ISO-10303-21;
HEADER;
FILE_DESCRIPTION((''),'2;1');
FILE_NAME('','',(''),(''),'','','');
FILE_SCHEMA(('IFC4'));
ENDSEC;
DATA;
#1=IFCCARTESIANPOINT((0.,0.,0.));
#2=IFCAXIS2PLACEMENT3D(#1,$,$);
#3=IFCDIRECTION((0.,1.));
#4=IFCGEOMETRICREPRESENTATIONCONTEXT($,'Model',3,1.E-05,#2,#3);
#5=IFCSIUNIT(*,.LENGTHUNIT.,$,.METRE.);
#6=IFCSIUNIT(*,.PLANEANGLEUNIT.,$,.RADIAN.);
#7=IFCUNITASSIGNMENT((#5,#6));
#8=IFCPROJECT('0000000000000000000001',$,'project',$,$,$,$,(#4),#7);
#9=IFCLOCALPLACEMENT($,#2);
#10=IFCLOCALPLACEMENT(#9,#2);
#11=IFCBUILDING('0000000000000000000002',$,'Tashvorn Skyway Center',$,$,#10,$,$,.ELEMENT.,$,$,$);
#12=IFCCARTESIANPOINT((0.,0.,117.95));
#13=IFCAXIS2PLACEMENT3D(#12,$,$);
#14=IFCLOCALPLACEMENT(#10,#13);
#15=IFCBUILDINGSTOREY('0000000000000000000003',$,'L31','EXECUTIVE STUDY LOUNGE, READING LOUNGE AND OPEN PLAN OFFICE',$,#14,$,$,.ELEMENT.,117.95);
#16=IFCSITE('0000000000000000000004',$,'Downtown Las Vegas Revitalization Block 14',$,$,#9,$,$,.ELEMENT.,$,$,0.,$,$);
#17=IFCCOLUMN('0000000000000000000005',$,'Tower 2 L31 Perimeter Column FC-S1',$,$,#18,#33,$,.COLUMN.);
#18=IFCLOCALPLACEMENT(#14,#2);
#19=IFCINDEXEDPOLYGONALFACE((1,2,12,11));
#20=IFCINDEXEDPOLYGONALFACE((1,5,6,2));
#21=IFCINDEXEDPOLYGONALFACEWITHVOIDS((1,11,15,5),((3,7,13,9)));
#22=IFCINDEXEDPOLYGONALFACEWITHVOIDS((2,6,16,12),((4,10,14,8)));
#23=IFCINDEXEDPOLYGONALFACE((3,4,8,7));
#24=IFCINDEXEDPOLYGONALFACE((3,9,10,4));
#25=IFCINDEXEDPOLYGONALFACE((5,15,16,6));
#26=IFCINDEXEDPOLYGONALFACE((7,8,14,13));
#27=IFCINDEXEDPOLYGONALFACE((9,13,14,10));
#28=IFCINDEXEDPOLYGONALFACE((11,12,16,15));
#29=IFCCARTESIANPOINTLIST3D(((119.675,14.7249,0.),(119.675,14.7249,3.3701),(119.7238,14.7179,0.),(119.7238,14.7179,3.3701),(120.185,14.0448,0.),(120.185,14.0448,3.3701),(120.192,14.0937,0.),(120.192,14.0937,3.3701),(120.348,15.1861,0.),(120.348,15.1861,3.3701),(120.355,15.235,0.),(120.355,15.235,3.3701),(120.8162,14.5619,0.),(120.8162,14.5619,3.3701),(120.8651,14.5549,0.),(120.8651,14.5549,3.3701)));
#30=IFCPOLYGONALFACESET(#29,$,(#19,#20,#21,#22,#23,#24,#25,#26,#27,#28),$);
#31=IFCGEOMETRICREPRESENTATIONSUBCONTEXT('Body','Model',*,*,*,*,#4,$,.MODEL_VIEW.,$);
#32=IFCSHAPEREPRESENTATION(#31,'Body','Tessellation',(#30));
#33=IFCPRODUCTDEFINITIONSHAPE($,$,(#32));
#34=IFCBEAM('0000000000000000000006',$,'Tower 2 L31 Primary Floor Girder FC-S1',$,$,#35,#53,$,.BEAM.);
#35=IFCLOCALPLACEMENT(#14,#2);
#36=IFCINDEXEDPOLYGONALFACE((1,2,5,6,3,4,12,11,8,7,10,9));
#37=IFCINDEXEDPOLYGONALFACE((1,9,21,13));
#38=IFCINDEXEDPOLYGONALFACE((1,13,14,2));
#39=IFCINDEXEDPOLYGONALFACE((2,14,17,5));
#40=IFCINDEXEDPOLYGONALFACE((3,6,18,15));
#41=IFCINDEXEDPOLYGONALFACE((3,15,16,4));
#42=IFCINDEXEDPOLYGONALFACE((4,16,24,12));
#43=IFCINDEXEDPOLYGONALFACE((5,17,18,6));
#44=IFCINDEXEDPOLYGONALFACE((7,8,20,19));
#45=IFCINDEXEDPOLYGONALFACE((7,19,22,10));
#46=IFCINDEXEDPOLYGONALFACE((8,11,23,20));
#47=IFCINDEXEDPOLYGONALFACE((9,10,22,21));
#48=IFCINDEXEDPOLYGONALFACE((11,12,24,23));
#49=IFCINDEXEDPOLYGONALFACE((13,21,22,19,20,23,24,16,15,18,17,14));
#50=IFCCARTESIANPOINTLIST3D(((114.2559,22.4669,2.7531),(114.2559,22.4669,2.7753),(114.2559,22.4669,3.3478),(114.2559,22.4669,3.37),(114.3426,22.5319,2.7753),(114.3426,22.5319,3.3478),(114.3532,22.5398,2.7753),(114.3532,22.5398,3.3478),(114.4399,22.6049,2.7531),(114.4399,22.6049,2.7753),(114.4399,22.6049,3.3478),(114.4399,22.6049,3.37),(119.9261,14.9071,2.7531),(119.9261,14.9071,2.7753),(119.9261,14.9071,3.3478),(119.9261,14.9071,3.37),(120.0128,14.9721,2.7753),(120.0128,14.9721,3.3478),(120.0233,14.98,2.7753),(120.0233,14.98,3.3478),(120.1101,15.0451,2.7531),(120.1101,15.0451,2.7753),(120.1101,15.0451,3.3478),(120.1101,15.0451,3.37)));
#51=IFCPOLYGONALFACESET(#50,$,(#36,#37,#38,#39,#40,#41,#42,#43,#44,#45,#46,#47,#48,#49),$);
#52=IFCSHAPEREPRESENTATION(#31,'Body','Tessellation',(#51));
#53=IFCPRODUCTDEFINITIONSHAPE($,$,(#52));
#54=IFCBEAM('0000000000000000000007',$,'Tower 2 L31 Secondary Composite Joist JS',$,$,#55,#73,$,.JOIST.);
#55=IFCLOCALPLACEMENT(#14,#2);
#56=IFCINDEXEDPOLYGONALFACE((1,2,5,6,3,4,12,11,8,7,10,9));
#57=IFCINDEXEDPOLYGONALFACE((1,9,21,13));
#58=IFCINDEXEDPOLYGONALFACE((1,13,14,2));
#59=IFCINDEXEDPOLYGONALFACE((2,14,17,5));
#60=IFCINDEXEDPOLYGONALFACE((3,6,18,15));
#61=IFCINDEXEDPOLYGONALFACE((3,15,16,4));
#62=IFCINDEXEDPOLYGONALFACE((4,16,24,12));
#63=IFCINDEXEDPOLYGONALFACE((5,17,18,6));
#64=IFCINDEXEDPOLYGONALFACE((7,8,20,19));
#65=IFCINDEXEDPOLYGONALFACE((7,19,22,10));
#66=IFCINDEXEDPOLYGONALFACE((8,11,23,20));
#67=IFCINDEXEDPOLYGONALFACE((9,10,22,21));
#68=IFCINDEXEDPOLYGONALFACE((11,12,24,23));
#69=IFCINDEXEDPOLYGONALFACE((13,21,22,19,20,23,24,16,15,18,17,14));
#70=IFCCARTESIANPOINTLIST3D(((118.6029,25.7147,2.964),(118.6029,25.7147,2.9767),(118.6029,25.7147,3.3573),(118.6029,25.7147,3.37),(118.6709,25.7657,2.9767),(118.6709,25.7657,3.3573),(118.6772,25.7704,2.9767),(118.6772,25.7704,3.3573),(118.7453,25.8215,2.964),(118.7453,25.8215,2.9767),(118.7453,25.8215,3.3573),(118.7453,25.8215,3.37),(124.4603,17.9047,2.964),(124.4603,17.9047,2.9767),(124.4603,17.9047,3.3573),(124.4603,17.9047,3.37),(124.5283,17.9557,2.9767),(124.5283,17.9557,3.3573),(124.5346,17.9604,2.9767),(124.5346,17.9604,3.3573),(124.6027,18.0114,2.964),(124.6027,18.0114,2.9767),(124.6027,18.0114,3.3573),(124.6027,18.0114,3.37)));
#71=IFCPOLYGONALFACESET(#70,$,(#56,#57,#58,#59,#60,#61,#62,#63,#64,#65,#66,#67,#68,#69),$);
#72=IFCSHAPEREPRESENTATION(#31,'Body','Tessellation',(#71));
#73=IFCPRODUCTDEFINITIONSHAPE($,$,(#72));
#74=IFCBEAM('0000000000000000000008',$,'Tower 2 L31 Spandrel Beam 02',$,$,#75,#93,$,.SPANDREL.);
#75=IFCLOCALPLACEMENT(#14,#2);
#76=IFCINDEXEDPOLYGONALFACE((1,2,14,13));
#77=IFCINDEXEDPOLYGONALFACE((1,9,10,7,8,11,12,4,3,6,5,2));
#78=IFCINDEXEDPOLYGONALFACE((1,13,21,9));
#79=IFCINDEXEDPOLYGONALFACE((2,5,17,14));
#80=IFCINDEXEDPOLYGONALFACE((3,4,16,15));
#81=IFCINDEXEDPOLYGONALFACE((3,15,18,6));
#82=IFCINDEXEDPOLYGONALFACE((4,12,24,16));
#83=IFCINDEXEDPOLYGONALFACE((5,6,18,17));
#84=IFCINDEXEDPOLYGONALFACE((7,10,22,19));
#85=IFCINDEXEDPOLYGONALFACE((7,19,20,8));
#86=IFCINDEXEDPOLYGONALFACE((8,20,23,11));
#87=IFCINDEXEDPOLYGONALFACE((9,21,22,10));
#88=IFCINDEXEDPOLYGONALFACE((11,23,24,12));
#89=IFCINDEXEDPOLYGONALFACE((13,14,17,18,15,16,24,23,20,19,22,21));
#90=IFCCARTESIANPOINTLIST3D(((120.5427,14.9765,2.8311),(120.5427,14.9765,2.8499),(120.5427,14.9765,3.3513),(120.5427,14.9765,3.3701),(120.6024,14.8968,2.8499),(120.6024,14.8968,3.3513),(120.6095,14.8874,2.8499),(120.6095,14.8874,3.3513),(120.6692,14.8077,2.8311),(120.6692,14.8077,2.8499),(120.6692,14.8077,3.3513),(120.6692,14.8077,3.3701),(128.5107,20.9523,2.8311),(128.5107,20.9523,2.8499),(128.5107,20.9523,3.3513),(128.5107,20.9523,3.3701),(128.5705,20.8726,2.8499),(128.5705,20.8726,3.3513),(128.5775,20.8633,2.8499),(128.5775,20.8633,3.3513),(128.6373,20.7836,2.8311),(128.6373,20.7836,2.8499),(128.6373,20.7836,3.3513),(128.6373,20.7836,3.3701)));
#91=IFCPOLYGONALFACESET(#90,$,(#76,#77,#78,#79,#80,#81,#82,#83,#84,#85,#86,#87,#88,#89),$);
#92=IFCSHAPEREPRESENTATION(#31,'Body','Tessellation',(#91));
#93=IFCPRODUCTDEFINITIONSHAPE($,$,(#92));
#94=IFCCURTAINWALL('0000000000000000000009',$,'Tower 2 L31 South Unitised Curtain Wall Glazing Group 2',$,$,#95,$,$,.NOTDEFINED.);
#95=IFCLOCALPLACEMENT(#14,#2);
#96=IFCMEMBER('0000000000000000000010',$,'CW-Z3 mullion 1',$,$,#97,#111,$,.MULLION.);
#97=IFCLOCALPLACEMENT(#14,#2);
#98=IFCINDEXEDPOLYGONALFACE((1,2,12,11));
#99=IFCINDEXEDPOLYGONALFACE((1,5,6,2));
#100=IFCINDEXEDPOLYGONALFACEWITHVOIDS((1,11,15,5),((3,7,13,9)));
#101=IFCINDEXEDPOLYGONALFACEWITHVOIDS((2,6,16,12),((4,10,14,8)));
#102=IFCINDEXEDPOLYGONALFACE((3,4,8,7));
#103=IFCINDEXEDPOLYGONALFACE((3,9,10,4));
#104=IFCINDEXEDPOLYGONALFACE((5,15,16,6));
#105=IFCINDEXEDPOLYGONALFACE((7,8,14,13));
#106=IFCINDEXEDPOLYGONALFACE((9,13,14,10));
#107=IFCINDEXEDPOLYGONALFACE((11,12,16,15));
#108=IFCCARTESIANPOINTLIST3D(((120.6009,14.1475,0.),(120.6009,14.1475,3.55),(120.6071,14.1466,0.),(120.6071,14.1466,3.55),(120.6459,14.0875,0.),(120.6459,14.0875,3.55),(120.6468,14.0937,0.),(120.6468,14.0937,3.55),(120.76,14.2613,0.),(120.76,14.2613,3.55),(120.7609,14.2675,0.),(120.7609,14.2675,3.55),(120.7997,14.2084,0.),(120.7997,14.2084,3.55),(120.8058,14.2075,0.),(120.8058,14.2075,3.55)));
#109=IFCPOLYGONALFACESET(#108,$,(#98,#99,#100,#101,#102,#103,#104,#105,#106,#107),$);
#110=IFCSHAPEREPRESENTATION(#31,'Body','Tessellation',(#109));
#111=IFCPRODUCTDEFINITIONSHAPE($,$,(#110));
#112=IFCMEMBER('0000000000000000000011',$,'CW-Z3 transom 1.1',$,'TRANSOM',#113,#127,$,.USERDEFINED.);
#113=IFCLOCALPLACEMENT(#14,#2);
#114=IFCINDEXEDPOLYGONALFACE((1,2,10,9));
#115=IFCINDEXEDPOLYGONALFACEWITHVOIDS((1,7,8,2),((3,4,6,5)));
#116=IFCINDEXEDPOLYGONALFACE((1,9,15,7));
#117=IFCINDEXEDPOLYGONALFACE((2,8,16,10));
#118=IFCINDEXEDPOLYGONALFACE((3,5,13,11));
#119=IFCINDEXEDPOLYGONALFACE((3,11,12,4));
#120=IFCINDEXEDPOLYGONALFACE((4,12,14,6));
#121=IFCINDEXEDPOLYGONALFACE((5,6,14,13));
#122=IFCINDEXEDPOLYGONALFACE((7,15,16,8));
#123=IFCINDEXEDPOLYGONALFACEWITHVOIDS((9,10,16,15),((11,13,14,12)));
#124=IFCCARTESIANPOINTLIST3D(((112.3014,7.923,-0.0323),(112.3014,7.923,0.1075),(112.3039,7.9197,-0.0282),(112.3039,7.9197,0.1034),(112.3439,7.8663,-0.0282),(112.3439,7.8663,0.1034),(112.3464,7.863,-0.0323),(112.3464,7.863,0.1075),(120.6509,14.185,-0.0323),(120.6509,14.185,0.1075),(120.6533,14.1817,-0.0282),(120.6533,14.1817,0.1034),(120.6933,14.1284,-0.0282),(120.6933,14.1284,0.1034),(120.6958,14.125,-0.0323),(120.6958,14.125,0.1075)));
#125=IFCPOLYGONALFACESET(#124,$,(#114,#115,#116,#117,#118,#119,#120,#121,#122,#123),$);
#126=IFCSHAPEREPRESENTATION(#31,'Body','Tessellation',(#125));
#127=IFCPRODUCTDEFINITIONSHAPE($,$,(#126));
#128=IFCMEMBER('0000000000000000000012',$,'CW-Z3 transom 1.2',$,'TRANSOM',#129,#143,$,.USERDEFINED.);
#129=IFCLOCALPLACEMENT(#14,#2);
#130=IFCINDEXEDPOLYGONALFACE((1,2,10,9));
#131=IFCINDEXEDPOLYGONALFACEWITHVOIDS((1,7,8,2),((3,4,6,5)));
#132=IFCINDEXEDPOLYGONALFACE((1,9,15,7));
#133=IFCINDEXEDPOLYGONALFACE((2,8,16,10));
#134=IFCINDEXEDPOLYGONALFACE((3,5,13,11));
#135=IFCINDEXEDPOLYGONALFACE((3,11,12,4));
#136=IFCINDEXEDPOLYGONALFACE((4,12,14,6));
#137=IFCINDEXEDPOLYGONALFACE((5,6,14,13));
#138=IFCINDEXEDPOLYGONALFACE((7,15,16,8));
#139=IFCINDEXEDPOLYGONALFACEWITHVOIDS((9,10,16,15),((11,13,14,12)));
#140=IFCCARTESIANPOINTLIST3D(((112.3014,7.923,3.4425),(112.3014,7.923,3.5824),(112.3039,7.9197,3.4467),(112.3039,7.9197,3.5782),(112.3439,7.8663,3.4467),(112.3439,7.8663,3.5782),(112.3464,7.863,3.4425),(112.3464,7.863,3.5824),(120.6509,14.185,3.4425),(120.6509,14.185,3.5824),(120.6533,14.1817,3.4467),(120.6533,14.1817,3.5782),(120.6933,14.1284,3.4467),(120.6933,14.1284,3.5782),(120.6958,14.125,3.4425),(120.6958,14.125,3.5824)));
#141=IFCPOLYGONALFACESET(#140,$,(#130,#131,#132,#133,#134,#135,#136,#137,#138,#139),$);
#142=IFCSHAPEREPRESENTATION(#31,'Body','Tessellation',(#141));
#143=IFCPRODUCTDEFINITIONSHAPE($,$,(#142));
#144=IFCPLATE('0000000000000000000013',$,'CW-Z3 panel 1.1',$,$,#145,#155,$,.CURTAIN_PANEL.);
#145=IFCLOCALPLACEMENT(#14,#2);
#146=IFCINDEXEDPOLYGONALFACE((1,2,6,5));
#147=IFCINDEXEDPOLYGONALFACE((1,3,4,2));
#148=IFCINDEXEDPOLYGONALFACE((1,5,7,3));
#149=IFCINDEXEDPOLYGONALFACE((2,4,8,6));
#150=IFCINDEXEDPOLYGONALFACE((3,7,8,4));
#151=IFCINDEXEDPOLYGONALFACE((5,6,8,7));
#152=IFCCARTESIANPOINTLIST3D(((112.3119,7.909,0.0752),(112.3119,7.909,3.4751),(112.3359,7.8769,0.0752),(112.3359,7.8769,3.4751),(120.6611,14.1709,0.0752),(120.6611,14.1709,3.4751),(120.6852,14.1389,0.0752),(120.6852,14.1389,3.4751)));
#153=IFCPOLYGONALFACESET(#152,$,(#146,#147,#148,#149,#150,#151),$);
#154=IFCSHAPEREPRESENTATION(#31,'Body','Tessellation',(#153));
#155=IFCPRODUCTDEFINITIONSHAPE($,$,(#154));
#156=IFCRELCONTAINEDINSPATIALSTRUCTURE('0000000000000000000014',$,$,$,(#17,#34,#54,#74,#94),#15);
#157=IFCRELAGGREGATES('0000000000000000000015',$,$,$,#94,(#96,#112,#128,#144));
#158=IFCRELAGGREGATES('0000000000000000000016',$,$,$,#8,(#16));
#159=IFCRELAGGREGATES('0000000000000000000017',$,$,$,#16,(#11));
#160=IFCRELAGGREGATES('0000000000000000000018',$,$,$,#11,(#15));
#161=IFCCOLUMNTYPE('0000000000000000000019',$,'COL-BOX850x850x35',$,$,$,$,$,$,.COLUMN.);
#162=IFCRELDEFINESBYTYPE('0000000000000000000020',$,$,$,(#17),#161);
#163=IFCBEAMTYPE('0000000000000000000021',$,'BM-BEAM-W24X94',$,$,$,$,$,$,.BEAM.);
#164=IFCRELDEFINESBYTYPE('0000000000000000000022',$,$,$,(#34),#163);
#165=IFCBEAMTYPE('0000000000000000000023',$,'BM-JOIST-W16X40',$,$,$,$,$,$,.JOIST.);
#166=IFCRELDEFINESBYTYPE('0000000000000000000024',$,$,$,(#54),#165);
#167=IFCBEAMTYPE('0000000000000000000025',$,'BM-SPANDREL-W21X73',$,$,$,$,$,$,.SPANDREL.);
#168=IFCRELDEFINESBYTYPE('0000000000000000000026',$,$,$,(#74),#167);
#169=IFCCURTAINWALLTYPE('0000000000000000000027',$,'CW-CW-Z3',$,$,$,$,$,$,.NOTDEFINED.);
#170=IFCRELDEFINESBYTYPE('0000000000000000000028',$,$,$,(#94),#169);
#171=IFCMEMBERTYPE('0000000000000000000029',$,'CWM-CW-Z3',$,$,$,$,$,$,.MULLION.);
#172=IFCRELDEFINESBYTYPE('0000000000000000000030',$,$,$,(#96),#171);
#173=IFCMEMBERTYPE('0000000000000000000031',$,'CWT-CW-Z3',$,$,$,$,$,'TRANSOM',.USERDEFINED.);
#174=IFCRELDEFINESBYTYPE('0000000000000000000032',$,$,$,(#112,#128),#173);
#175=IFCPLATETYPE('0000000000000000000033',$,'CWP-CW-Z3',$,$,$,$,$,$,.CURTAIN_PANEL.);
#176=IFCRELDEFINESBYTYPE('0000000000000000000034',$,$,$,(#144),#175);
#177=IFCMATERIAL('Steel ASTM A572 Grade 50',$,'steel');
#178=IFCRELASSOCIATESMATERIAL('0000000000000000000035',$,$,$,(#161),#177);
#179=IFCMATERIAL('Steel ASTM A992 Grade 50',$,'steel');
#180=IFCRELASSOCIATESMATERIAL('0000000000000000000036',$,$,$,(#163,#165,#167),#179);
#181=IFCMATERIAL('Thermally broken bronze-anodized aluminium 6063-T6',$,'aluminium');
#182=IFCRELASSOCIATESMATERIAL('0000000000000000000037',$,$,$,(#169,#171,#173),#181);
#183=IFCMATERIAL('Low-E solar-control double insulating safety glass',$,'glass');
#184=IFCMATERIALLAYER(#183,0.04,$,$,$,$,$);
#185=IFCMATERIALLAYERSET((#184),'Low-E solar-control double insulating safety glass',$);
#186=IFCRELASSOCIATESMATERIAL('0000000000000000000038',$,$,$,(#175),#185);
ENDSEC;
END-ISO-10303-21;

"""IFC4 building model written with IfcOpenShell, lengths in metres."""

from ifc_helpers import new_model, si_unit, direction, frame, origin, origin_2d, place, context, subcontext, project, spatial, rectangle, hollow_rectangle, i_section, extrude, material, layer, layer_set, material_profile, profile_set, type_object, element, aggregate, save


model = new_model("IFC4")

# Units and contexts
model_context = context("Model", 3, precision=1e-05, world=origin(), true_north=direction((0.0, 1.0)))
body_context = subcontext(model_context, "Body", "Model", "MODEL_VIEW")
ifc_project = project(units=[si_unit("LENGTHUNIT", "METRE"), si_unit("PLANEANGLEUNIT", "RADIAN")], contexts=[model_context])

# Site, building, storey
site_placement = place(None, origin())
site = spatial("IfcSite", under=ifc_project, at=site_placement, Name="Downtown Las Vegas Revitalization Block 14", CompositionType="ELEMENT", RefElevation=0.0)
building_placement = place(site_placement, origin())
building = spatial("IfcBuilding", under=site, at=building_placement, Name="Tashvorn Skyway Center", CompositionType="ELEMENT")
storey_placement = place(building_placement, frame((0.0, 0.0, 117.95)))
storey = spatial("IfcBuildingStorey", under=building, at=storey_placement, Name="L31", Description="EXECUTIVE STUDY LOUNGE, READING LOUNGE AND OPEN PLAN OFFICE", CompositionType="ELEMENT", Elevation=117.95)

# Column
ifc_material_1 = material(Name="Steel ASTM A572 Grade 50", Category="steel")
ifc_material_profile_1 = material_profile(ifc_material_1, hollow_rectangle(XDim=0.8501, YDim=0.8501, WallThickness=0.0349, at=origin_2d()), Name="BOX850x850x35")
ifc_profile_set_1 = profile_set([ifc_material_profile_1], Name="Steel ASTM A572 Grade 50")
column_type = type_object("IfcColumnType", Name="COL-BOX850x850x35", PredefinedType="COLUMN", material=ifc_profile_set_1)
column_placement = place(storey_placement, frame((120.27, 14.6399, 0.0), z_axis=(0.0, 0.0, 1.0), x_axis=(0.8, 0.6, 0.0)))
element("IfcColumn", 1, at=column_placement, inside=storey, type_object=column_type, Name="Tower 2 L31 Perimeter Column FC-S1", PredefinedType="COLUMN", context=body_context, shape_type="SweptSolid", body=[
    extrude(hollow_rectangle(XDim=0.8501, YDim=0.8501, WallThickness=0.0349, at=origin_2d()), origin(), (0.0, 0.0, 1.0), 3.3701),
])

# Beams
ifc_material_2 = material(Name="Steel ASTM A992 Grade 50", Category="steel")
ifc_material_profile_2 = material_profile(ifc_material_2, i_section(OverallWidth=0.23, OverallDepth=0.6169, WebThickness=0.0132, FlangeThickness=0.0222, at=origin_2d()), Name="W24X94")
ifc_profile_set_2 = profile_set([ifc_material_profile_2], Name="Steel ASTM A992 Grade 50")
beam_type_1 = type_object("IfcBeamType", Name="BM-BEAM-W24X94", PredefinedType="BEAM", material=ifc_profile_set_2)
beam_1_placement = place(storey_placement, frame((120.0181, 14.9761, 3.0615), z_axis=(-0.600021, 0.799984, 0.0), x_axis=(-0.799984, -0.600021, 0.0)))
element("IfcBeam", 2, at=beam_1_placement, inside=storey, type_object=beam_type_1, Name="Tower 2 L31 Primary Floor Girder FC-S1", PredefinedType="BEAM", context=body_context, shape_type="SweptSolid", body=[
    extrude(i_section(OverallWidth=0.23, OverallDepth=0.6169, WebThickness=0.0132, FlangeThickness=0.0222, at=origin_2d()), origin(), (0.0, 0.0, 1.0), 9.45),
])
ifc_material_profile_3 = material_profile(ifc_material_2, i_section(OverallWidth=0.178, OverallDepth=0.406, WebThickness=0.0078, FlangeThickness=0.0127, at=origin_2d()), Name="W16X40")
ifc_profile_set_3 = profile_set([ifc_material_profile_3], Name="Steel ASTM A992 Grade 50")
beam_type_2 = type_object("IfcBeamType", Name="BM-JOIST-W16X40", PredefinedType="JOIST", material=ifc_profile_set_3)
beam_2_placement = place(storey_placement, frame((118.6741, 25.7681, 3.167), z_axis=(0.599992, -0.800006, 0.0), x_axis=(0.800006, 0.599992, 0.0)))
element("IfcBeam", 3, at=beam_2_placement, inside=storey, type_object=beam_type_2, Name="Tower 2 L31 Secondary Composite Joist JS", PredefinedType="JOIST", context=body_context, shape_type="SweptSolid", body=[
    extrude(i_section(OverallWidth=0.178, OverallDepth=0.406, WebThickness=0.0078, FlangeThickness=0.0127, at=origin_2d()), origin(), (0.0, 0.0, 1.0), 9.7625),
])
ifc_material_profile_4 = material_profile(ifc_material_2, i_section(OverallWidth=0.2109, OverallDepth=0.5391, WebThickness=0.0117, FlangeThickness=0.0188, at=origin_2d()), Name="W21X73")
ifc_profile_set_4 = profile_set([ifc_material_profile_4], Name="Steel ASTM A992 Grade 50")
beam_type_3 = type_object("IfcBeamType", Name="BM-SPANDREL-W21X73", PredefinedType="SPANDREL", material=ifc_profile_set_4)
beam_3_placement = place(storey_placement, frame((120.606, 14.8921, 3.1006), z_axis=(0.800009, 0.599988, 0.0), x_axis=(-0.599988, 0.800009, 0.0)))
element("IfcBeam", 4, at=beam_3_placement, inside=storey, type_object=beam_type_3, Name="Tower 2 L31 Spandrel Beam 02", PredefinedType="SPANDREL", context=body_context, shape_type="SweptSolid", body=[
    extrude(i_section(OverallWidth=0.2109, OverallDepth=0.5391, WebThickness=0.0117, FlangeThickness=0.0188, at=origin_2d()), origin(), (0.0, 0.0, 1.0), 9.96),
])

# Curtain wall, members, plate
ifc_material_3 = material(Name="Thermally broken bronze-anodized aluminium 6063-T6", Category="aluminium")
curtain_wall_type = type_object("IfcCurtainWallType", Name="CW-CW-Z3", PredefinedType="NOTDEFINED", material=ifc_material_3)
curtain_wall_placement = place(storey_placement, origin())
curtain_wall = element("IfcCurtainWall", 5, at=curtain_wall_placement, inside=storey, type_object=curtain_wall_type, Name="Tower 2 L31 South Unitised Curtain Wall Glazing Group 2", PredefinedType="NOTDEFINED")
ifc_material_profile_5 = material_profile(ifc_material_3, hollow_rectangle(XDim=0.075, YDim=0.2, WallThickness=0.0044, at=origin_2d()), Name="ALU-MULL-75x200")
ifc_profile_set_5 = profile_set([ifc_material_profile_5], Name="Thermally broken bronze-anodized aluminium 6063-T6")
member_type_1 = type_object("IfcMemberType", Name="CWM-CW-Z3", PredefinedType="MULLION", material=ifc_profile_set_5)
member_1_placement = place(storey_placement, frame((120.7034, 14.1775, 0.0), z_axis=(0.0, 0.0, 1.0), x_axis=(0.600002, -0.799999, 0.0)))
member_1 = element("IfcMember", 6, at=member_1_placement, type_object=member_type_1, Name="CW-Z3 mullion 1", PredefinedType="MULLION", context=body_context, shape_type="SweptSolid", body=[
    extrude(hollow_rectangle(XDim=0.075, YDim=0.2, WallThickness=0.0044, at=origin_2d()), origin(), (0.0, 0.0, 1.0), 3.55),
])
ifc_material_profile_6 = material_profile(ifc_material_3, hollow_rectangle(XDim=0.075, YDim=0.1399, WallThickness=0.0042, at=origin_2d()), Name="ALU-TRAN-75x140")
ifc_profile_set_6 = profile_set([ifc_material_profile_6], Name="Thermally broken bronze-anodized aluminium 6063-T6")
member_type_2 = type_object("IfcMemberType", Name="CWT-CW-Z3", ElementType="TRANSOM", PredefinedType="USERDEFINED", material=ifc_profile_set_6)
member_2_placement = place(storey_placement, frame((120.6733, 14.155, 0.0376), z_axis=(-0.800003, -0.599996, 0.0), x_axis=(0.599996, -0.800003, 0.0)))
member_2 = element("IfcMember", 7, at=member_2_placement, type_object=member_type_2, Name="CW-Z3 transom 1.1", ObjectType="TRANSOM", PredefinedType="USERDEFINED", context=body_context, shape_type="SweptSolid", body=[
    extrude(hollow_rectangle(XDim=0.075, YDim=0.1399, WallThickness=0.0042, at=origin_2d()), origin(), (0.0, 0.0, 1.0), 10.4368),
])
member_3_placement = place(storey_placement, frame((120.6733, 14.155, 3.5125), z_axis=(-0.800003, -0.599996, 0.0), x_axis=(0.599996, -0.800003, 0.0)))
member_3 = element("IfcMember", 8, at=member_3_placement, type_object=member_type_2, Name="CW-Z3 transom 1.2", ObjectType="TRANSOM", PredefinedType="USERDEFINED", context=body_context, shape_type="SweptSolid", body=[
    extrude(hollow_rectangle(XDim=0.075, YDim=0.1399, WallThickness=0.0042, at=origin_2d()), origin(), (0.0, 0.0, 1.0), 10.4368),
])
ifc_material_4 = material(Name="Low-E solar-control double insulating safety glass", Category="glass")
ifc_layer_1 = layer(ifc_material_4, 0.04)
ifc_layer_set_1 = layer_set([ifc_layer_1], Name="Low-E solar-control double insulating safety glass")
plate_type = type_object("IfcPlateType", Name="CWP-CW-Z3", PredefinedType="CURTAIN_PANEL", material=ifc_layer_set_1)
plate_placement = place(storey_placement, frame((116.4985, 11.0239, 0.0752), z_axis=(0.0, 0.0, 1.0), x_axis=(-0.799999, -0.600002, 0.0)))
plate = element("IfcPlate", 9, at=plate_placement, type_object=plate_type, Name="CW-Z3 panel 1.1", PredefinedType="CURTAIN_PANEL", context=body_context, shape_type="SweptSolid", body=[
    extrude(rectangle(XDim=10.4365, YDim=0.04, at=origin_2d()), origin(), (0.0, 0.0, 1.0), 3.3999),
])
aggregate(curtain_wall, [member_1, member_2, member_3, plate])

save(model, "model.ifc")
